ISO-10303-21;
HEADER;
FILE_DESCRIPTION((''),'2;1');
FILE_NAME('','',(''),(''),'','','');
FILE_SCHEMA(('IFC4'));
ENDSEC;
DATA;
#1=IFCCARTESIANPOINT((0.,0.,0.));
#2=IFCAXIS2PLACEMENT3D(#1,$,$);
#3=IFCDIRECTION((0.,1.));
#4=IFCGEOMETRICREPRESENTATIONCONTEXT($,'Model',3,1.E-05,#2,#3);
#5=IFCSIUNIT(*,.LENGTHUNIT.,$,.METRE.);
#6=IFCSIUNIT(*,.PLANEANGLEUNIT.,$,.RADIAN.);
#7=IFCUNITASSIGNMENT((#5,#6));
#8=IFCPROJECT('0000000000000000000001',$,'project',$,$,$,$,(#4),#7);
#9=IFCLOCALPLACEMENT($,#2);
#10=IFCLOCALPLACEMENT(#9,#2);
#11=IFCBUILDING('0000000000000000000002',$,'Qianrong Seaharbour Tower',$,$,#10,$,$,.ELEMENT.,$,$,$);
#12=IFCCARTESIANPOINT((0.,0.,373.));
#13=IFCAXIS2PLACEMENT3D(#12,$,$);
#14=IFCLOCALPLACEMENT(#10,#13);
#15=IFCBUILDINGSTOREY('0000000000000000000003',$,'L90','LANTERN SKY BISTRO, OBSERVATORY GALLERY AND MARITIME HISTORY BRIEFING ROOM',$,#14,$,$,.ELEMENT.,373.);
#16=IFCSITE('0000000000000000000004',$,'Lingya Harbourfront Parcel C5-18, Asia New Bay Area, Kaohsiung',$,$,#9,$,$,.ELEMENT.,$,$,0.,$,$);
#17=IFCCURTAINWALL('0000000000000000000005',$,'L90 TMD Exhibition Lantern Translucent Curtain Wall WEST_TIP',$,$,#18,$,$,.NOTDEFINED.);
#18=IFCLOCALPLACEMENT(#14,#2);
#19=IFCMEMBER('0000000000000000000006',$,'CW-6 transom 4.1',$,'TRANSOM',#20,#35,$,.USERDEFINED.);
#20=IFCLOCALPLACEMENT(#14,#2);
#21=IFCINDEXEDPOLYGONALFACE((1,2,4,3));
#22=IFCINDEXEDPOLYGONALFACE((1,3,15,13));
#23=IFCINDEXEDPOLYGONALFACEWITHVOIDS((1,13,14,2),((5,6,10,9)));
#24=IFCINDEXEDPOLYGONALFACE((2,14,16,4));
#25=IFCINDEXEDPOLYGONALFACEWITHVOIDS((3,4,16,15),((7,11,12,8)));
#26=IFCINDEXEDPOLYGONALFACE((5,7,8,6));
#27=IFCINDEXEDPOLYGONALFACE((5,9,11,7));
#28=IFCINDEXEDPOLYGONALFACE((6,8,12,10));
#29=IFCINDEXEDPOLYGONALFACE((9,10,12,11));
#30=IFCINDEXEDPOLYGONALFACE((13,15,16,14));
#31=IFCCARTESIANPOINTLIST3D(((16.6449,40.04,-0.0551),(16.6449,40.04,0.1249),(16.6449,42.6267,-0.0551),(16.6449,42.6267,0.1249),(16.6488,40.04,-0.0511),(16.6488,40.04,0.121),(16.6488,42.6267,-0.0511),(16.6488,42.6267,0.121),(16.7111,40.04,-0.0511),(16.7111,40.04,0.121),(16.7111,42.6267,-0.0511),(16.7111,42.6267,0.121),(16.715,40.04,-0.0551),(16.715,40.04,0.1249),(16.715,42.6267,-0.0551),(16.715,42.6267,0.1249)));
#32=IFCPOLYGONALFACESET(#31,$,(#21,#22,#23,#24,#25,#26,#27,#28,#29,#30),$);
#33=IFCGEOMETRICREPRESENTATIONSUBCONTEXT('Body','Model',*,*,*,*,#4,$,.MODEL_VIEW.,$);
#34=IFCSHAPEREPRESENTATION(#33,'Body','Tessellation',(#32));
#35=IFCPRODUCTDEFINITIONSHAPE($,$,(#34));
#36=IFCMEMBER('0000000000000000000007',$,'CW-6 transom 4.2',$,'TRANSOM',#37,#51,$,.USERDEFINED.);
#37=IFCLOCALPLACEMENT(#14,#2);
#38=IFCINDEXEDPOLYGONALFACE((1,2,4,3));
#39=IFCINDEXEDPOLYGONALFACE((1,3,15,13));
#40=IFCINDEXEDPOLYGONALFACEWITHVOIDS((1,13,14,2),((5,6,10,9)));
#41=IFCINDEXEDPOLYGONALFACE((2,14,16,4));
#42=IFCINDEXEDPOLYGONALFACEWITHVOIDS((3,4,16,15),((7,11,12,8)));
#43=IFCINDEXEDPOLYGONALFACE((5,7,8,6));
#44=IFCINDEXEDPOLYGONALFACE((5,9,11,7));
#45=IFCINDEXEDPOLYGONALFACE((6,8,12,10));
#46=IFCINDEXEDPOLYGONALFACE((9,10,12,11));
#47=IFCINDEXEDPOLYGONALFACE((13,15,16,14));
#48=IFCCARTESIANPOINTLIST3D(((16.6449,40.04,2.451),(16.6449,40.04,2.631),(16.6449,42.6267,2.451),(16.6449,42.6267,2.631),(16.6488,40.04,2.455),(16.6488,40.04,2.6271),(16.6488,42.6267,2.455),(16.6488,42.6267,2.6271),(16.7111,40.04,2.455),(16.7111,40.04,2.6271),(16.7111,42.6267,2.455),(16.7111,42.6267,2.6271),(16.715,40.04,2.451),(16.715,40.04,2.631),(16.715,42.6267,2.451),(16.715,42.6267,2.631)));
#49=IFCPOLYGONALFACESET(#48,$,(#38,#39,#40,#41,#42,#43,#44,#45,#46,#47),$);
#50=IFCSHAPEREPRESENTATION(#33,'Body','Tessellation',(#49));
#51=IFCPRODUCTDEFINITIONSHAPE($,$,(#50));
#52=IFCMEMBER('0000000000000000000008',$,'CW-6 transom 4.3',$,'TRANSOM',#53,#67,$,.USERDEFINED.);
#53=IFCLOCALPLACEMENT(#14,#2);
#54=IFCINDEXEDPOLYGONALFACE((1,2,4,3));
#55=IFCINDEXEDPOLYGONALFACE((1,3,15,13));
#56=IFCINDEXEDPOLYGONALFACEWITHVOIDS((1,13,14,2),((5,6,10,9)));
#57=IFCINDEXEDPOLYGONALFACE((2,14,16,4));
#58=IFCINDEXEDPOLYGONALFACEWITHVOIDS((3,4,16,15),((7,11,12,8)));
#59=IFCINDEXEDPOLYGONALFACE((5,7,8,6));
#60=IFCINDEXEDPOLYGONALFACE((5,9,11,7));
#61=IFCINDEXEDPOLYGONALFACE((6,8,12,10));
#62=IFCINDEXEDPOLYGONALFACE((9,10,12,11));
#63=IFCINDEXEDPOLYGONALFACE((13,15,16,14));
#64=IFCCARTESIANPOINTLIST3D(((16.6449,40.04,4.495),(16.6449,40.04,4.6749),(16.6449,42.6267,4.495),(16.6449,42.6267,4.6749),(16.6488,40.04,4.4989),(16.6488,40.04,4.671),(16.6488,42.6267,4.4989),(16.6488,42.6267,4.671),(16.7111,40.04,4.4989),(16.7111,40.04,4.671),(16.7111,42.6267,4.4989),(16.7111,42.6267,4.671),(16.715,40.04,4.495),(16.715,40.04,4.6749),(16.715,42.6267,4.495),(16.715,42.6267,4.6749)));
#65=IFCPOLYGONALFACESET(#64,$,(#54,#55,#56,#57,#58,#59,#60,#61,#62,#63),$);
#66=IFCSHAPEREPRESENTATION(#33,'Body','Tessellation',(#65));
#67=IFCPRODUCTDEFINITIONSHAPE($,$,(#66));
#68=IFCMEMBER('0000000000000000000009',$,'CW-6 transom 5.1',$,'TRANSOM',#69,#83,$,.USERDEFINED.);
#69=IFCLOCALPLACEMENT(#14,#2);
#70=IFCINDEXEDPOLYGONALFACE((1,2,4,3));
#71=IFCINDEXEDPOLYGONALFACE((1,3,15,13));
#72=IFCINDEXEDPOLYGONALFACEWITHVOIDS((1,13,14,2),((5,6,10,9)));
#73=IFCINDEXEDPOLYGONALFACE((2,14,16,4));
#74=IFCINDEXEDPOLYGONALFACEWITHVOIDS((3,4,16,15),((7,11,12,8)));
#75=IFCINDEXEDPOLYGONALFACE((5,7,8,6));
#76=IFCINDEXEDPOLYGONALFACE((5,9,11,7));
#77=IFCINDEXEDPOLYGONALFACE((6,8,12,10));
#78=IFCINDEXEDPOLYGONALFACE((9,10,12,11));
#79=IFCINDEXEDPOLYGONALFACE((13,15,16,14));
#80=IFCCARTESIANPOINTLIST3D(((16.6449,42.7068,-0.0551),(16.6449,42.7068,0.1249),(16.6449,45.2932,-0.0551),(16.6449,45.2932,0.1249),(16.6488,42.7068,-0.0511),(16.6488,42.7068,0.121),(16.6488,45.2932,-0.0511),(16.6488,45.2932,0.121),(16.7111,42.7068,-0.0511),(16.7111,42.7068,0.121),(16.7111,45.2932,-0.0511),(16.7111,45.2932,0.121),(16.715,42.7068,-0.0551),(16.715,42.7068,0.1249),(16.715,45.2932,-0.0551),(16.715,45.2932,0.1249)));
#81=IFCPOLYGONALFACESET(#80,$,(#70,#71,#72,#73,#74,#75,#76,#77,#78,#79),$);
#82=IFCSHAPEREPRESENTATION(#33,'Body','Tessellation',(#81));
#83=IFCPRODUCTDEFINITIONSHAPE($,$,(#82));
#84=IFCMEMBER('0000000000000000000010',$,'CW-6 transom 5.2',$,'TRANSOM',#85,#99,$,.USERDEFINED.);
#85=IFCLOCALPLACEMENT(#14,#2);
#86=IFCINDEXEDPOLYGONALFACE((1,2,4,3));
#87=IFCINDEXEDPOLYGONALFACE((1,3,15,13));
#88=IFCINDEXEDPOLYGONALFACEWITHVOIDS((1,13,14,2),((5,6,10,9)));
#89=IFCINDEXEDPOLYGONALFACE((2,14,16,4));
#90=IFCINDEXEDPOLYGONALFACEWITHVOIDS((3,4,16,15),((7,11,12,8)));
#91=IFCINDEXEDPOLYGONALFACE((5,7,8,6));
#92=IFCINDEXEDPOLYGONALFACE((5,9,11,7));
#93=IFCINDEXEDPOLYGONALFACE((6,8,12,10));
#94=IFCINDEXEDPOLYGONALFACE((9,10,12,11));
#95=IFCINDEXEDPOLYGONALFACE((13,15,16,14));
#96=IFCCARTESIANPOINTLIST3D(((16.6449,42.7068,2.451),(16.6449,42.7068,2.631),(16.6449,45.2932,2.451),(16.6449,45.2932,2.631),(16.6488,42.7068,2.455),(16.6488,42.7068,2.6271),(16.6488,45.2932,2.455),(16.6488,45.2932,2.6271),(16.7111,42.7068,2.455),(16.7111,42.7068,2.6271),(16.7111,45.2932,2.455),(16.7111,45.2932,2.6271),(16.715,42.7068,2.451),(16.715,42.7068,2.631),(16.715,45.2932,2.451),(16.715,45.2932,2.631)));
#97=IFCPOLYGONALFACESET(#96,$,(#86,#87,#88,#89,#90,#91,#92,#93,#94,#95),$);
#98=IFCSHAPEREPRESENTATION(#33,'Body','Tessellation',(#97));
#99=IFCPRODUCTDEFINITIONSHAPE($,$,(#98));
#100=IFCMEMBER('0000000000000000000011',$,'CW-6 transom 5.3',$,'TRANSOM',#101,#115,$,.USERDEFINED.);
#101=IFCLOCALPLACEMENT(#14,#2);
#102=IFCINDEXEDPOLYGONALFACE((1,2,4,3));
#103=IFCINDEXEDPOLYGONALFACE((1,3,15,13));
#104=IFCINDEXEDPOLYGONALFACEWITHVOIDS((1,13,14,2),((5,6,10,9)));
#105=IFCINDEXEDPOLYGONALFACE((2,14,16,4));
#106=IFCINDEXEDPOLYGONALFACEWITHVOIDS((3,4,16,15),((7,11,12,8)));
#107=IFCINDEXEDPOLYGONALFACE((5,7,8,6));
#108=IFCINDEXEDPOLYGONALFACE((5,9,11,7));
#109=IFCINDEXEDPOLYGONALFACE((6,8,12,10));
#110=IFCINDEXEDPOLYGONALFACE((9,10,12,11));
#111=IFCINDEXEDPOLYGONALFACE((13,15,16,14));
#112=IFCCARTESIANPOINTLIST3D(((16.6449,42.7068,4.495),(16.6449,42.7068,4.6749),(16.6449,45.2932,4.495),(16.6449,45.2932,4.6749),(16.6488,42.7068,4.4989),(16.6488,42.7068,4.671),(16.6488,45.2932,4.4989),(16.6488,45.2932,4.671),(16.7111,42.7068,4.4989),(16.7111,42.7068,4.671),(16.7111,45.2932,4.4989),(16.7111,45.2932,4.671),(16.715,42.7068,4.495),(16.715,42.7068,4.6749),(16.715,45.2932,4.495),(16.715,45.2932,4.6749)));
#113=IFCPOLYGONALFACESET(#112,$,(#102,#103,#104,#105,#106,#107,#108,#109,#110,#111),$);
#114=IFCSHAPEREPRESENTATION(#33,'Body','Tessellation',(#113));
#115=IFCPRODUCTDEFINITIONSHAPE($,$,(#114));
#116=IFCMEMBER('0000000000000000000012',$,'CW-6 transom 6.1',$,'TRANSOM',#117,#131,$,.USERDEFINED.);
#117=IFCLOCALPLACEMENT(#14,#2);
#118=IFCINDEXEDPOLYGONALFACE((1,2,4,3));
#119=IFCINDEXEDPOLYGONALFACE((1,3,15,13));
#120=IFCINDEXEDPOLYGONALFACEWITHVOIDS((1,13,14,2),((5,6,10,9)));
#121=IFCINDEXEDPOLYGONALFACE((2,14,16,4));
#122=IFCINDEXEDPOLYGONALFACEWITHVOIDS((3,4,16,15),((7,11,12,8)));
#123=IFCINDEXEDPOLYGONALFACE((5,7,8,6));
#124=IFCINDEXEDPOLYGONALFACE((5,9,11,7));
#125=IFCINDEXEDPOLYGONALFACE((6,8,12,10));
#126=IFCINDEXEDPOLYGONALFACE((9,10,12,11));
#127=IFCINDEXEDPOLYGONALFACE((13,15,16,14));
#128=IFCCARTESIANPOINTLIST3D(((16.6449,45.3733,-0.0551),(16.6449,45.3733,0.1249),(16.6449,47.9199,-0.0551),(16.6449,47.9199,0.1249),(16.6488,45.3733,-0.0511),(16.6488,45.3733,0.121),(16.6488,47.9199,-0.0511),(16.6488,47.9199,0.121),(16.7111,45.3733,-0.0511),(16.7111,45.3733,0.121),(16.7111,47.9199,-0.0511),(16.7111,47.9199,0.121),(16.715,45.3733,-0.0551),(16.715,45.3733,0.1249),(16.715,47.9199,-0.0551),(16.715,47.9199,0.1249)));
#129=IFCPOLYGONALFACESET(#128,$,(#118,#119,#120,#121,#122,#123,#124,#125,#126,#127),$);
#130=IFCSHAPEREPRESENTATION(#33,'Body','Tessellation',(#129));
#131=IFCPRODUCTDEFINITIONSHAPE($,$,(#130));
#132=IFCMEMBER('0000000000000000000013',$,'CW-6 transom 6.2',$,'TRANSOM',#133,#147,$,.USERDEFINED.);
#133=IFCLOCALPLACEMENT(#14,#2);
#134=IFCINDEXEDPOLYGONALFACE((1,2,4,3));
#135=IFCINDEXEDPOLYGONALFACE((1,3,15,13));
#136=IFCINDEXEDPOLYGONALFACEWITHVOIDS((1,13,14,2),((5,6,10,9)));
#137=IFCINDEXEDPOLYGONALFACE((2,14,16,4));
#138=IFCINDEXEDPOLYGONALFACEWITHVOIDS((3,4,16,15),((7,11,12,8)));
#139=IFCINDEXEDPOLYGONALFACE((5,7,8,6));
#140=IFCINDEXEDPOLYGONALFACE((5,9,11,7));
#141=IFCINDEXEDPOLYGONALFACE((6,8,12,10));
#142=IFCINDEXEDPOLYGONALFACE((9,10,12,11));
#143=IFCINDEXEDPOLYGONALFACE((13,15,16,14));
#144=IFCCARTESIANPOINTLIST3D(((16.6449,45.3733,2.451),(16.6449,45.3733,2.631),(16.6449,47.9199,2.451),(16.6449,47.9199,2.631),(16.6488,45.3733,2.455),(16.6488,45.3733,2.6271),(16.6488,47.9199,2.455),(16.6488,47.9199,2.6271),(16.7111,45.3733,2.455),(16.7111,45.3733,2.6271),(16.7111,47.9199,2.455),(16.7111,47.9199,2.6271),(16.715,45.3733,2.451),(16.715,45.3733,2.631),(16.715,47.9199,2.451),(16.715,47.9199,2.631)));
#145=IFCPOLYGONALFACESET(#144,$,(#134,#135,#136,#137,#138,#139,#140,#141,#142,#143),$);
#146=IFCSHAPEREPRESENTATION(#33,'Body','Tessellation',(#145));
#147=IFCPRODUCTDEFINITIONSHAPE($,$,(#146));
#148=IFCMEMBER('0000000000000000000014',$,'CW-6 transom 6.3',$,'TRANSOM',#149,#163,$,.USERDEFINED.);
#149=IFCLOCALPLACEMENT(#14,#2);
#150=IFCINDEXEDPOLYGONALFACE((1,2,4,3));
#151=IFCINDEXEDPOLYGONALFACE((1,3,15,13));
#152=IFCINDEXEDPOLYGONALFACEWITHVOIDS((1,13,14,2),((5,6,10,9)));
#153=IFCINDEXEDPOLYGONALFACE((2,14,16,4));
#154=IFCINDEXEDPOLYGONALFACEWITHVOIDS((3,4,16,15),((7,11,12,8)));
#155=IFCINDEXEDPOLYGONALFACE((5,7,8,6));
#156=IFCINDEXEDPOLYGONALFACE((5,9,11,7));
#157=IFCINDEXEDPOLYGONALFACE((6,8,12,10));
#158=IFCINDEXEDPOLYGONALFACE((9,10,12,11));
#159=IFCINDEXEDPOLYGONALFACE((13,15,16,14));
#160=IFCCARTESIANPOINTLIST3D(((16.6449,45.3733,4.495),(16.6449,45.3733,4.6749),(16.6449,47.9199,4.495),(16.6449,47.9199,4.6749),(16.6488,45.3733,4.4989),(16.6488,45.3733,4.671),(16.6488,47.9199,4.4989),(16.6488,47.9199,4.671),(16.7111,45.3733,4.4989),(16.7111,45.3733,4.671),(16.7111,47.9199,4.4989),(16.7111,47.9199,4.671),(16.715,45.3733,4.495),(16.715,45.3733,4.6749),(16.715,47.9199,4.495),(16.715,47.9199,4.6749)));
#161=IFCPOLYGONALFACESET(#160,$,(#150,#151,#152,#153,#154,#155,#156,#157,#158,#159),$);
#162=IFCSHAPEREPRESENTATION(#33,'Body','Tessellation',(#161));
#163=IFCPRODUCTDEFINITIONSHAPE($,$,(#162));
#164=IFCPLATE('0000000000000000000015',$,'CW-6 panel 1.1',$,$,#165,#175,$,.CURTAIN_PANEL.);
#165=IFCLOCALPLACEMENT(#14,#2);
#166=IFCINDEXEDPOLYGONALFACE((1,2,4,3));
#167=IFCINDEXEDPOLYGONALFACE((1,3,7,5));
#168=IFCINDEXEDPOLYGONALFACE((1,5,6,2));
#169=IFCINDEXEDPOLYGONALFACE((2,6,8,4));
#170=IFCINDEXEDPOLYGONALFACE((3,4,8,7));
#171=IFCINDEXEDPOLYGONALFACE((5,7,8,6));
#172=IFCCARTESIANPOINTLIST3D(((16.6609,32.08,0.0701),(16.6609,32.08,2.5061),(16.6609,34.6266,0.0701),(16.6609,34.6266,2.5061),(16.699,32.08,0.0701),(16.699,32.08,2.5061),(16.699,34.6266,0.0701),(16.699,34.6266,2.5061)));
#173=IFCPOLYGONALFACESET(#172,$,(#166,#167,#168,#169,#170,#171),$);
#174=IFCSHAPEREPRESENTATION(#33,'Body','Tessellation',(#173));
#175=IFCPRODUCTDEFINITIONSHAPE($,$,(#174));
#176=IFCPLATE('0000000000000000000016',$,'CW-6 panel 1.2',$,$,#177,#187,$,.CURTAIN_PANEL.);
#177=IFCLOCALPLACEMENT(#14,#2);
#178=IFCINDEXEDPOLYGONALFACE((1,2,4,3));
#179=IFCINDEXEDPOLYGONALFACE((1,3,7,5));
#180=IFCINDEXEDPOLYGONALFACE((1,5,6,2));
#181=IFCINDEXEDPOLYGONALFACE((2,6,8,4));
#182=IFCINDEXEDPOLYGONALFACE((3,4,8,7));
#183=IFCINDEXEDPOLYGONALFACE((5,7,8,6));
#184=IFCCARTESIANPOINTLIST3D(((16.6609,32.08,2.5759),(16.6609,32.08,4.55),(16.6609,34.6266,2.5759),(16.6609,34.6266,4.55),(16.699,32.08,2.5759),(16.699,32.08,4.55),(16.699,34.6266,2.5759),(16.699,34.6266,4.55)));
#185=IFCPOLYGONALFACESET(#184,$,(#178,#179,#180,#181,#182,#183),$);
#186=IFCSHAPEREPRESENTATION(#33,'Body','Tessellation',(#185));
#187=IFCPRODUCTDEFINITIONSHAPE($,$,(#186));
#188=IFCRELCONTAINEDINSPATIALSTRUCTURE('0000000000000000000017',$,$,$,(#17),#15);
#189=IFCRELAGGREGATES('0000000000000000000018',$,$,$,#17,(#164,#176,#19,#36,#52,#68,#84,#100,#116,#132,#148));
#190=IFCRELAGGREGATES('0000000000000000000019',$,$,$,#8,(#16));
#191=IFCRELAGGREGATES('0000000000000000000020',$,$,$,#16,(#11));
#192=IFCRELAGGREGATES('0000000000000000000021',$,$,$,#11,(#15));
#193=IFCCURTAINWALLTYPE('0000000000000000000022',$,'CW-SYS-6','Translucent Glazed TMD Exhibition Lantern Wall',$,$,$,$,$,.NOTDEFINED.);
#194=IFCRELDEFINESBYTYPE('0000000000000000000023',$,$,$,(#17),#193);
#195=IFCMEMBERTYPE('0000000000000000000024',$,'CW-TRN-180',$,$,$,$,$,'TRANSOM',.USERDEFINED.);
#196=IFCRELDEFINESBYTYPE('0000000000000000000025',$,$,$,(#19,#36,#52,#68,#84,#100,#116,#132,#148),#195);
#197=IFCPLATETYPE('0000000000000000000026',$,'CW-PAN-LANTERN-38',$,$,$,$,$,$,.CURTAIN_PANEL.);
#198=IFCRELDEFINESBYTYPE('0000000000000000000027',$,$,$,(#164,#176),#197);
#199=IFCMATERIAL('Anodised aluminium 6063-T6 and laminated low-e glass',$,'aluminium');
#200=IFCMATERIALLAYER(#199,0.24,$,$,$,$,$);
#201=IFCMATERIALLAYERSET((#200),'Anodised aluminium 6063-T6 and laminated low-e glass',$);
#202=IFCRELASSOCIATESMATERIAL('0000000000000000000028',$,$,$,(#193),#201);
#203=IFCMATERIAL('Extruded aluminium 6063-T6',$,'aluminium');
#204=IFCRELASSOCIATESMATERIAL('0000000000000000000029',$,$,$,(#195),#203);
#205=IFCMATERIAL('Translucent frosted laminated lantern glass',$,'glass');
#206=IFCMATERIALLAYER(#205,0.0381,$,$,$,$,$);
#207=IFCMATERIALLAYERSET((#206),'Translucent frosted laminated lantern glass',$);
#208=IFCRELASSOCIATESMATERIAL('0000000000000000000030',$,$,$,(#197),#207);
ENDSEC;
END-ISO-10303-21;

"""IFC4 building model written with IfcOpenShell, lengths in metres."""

from ifc_helpers import new_model, si_unit, direction, frame, origin, origin_2d, place, context, subcontext, project, spatial, rectangle, hollow_rectangle, extrude, material, layer, layer_set, material_profile, profile_set, type_object, element, aggregate, save


model = new_model("IFC4")

# Units and contexts
model_context = context("Model", 3, precision=1e-05, world=origin(), true_north=direction((0.0, 1.0)))
body_context = subcontext(model_context, "Body", "Model", "MODEL_VIEW")
ifc_project = project(units=[si_unit("LENGTHUNIT", "METRE"), si_unit("PLANEANGLEUNIT", "RADIAN")], contexts=[model_context])

# Site, building, storey
site_placement = place(None, origin())
site = spatial("IfcSite", under=ifc_project, at=site_placement, Name="Lingya Harbourfront Parcel C5-18, Asia New Bay Area, Kaohsiung", CompositionType="ELEMENT", RefElevation=0.0)
building_placement = place(site_placement, origin())
building = spatial("IfcBuilding", under=site, at=building_placement, Name="Qianrong Seaharbour Tower", CompositionType="ELEMENT")
storey_placement = place(building_placement, frame((0.0, 0.0, 373.0)))
storey = spatial("IfcBuildingStorey", under=building, at=storey_placement, Name="L90", Description="LANTERN SKY BISTRO, OBSERVATORY GALLERY AND MARITIME HISTORY BRIEFING ROOM", CompositionType="ELEMENT", Elevation=373.0)

# Curtain wall, members, plates
ifc_material_1 = material(Name="Anodised aluminium 6063-T6 and laminated low-e glass", Category="aluminium")
ifc_layer_1 = layer(ifc_material_1, 0.24)
ifc_layer_set_1 = layer_set([ifc_layer_1], Name="Anodised aluminium 6063-T6 and laminated low-e glass")
curtain_wall_type = type_object("IfcCurtainWallType", Name="CW-SYS-6", Description="Translucent Glazed TMD Exhibition Lantern Wall", PredefinedType="NOTDEFINED", material=ifc_layer_set_1)
curtain_wall_placement = place(storey_placement, origin())
curtain_wall = element("IfcCurtainWall", 1, at=curtain_wall_placement, inside=storey, type_object=curtain_wall_type, Name="L90 TMD Exhibition Lantern Translucent Curtain Wall WEST_TIP", PredefinedType="NOTDEFINED")
ifc_material_2 = material(Name="Extruded aluminium 6063-T6", Category="aluminium")
ifc_material_profile_1 = material_profile(ifc_material_2, hollow_rectangle(XDim=0.0701, YDim=0.1799, WallThickness=0.0039, at=origin_2d()), Name="ALU-TRN-180x70x4")
ifc_profile_set_1 = profile_set([ifc_material_profile_1], Name="Extruded aluminium 6063-T6")
member_type_1 = type_object("IfcMemberType", Name="CW-TRN-180", ElementType="TRANSOM", PredefinedType="USERDEFINED", material=ifc_profile_set_1)
member_1_placement = place(storey_placement, frame((16.6799, 40.04, 0.0349), z_axis=(0.0, 1.0, 0.0), x_axis=(-1.0, 0.0, 0.0)))
member_1 = element("IfcMember", 2, at=member_1_placement, type_object=member_type_1, Name="CW-6 transom 4.1", ObjectType="TRANSOM", PredefinedType="USERDEFINED", context=body_context, shape_type="SweptSolid", body=[
    extrude(hollow_rectangle(XDim=0.0701, YDim=0.1799, WallThickness=0.0039, at=origin_2d()), origin(), (0.0, 0.0, 1.0), 2.5867),
])
member_2_placement = place(storey_placement, frame((16.6799, 40.04, 2.541), z_axis=(0.0, 1.0, 0.0), x_axis=(-1.0, 0.0, 0.0)))
member_2 = element("IfcMember", 3, at=member_2_placement, type_object=member_type_1, Name="CW-6 transom 4.2", ObjectType="TRANSOM", PredefinedType="USERDEFINED", context=body_context, shape_type="SweptSolid", body=[
    extrude(hollow_rectangle(XDim=0.0701, YDim=0.1799, WallThickness=0.0039, at=origin_2d()), origin(), (0.0, 0.0, 1.0), 2.5867),
])
member_3_placement = place(storey_placement, frame((16.6799, 40.04, 4.585), z_axis=(0.0, 1.0, 0.0), x_axis=(-1.0, 0.0, 0.0)))
member_3 = element("IfcMember", 4, at=member_3_placement, type_object=member_type_1, Name="CW-6 transom 4.3", ObjectType="TRANSOM", PredefinedType="USERDEFINED", context=body_context, shape_type="SweptSolid", body=[
    extrude(hollow_rectangle(XDim=0.0701, YDim=0.1799, WallThickness=0.0039, at=origin_2d()), origin(), (0.0, 0.0, 1.0), 2.5867),
])
member_4_placement = place(storey_placement, frame((16.6799, 42.7068, 0.0349), z_axis=(0.0, 1.0, 0.0), x_axis=(-1.0, 0.0, 0.0)))
member_4 = element("IfcMember", 5, at=member_4_placement, type_object=member_type_1, Name="CW-6 transom 5.1", ObjectType="TRANSOM", PredefinedType="USERDEFINED", context=body_context, shape_type="SweptSolid", body=[
    extrude(hollow_rectangle(XDim=0.0701, YDim=0.1799, WallThickness=0.0039, at=origin_2d()), origin(), (0.0, 0.0, 1.0), 2.5864),
])
member_5_placement = place(storey_placement, frame((16.6799, 42.7068, 2.541), z_axis=(0.0, 1.0, 0.0), x_axis=(-1.0, 0.0, 0.0)))
member_5 = element("IfcMember", 6, at=member_5_placement, type_object=member_type_1, Name="CW-6 transom 5.2", ObjectType="TRANSOM", PredefinedType="USERDEFINED", context=body_context, shape_type="SweptSolid", body=[
    extrude(hollow_rectangle(XDim=0.0701, YDim=0.1799, WallThickness=0.0039, at=origin_2d()), origin(), (0.0, 0.0, 1.0), 2.5864),
])
member_6_placement = place(storey_placement, frame((16.6799, 42.7068, 4.585), z_axis=(0.0, 1.0, 0.0), x_axis=(-1.0, 0.0, 0.0)))
member_6 = element("IfcMember", 7, at=member_6_placement, type_object=member_type_1, Name="CW-6 transom 5.3", ObjectType="TRANSOM", PredefinedType="USERDEFINED", context=body_context, shape_type="SweptSolid", body=[
    extrude(hollow_rectangle(XDim=0.0701, YDim=0.1799, WallThickness=0.0039, at=origin_2d()), origin(), (0.0, 0.0, 1.0), 2.5864),
])
member_7_placement = place(storey_placement, frame((16.6799, 45.3733, 0.0349), z_axis=(0.0, 1.0, 0.0), x_axis=(-1.0, 0.0, 0.0)))
member_7 = element("IfcMember", 8, at=member_7_placement, type_object=member_type_1, Name="CW-6 transom 6.1", ObjectType="TRANSOM", PredefinedType="USERDEFINED", context=body_context, shape_type="SweptSolid", body=[
    extrude(hollow_rectangle(XDim=0.0701, YDim=0.1799, WallThickness=0.0039, at=origin_2d()), origin(), (0.0, 0.0, 1.0), 2.5466),
])
member_8_placement = place(storey_placement, frame((16.6799, 45.3733, 2.541), z_axis=(0.0, 1.0, 0.0), x_axis=(-1.0, 0.0, 0.0)))
member_8 = element("IfcMember", 9, at=member_8_placement, type_object=member_type_1, Name="CW-6 transom 6.2", ObjectType="TRANSOM", PredefinedType="USERDEFINED", context=body_context, shape_type="SweptSolid", body=[
    extrude(hollow_rectangle(XDim=0.0701, YDim=0.1799, WallThickness=0.0039, at=origin_2d()), origin(), (0.0, 0.0, 1.0), 2.5466),
])
member_9_placement = place(storey_placement, frame((16.6799, 45.3733, 4.585), z_axis=(0.0, 1.0, 0.0), x_axis=(-1.0, 0.0, 0.0)))
member_9 = element("IfcMember", 10, at=member_9_placement, type_object=member_type_1, Name="CW-6 transom 6.3", ObjectType="TRANSOM", PredefinedType="USERDEFINED", context=body_context, shape_type="SweptSolid", body=[
    extrude(hollow_rectangle(XDim=0.0701, YDim=0.1799, WallThickness=0.0039, at=origin_2d()), origin(), (0.0, 0.0, 1.0), 2.5466),
])
ifc_material_3 = material(Name="Translucent frosted laminated lantern glass", Category="glass")
ifc_layer_2 = layer(ifc_material_3, 0.0381)
ifc_layer_set_2 = layer_set([ifc_layer_2], Name="Translucent frosted laminated lantern glass")
plate_type = type_object("IfcPlateType", Name="CW-PAN-LANTERN-38", PredefinedType="CURTAIN_PANEL", material=ifc_layer_set_2)
plate_1_placement = place(storey_placement, frame((16.6799, 33.3533, 0.0701), z_axis=(0.0, 0.0, 1.0), x_axis=(0.0, 1.0, 0.0)))
plate_1 = element("IfcPlate", 11, at=plate_1_placement, type_object=plate_type, Name="CW-6 panel 1.1", PredefinedType="CURTAIN_PANEL", context=body_context, shape_type="SweptSolid", body=[
    extrude(rectangle(XDim=2.5466, YDim=0.0381, at=origin_2d()), origin(), (0.0, 0.0, 1.0), 2.436),
])
plate_2_placement = place(storey_placement, frame((16.6799, 33.3533, 2.5759), z_axis=(0.0, 0.0, 1.0), x_axis=(0.0, 1.0, 0.0)))
plate_2 = element("IfcPlate", 12, at=plate_2_placement, type_object=plate_type, Name="CW-6 panel 1.2", PredefinedType="CURTAIN_PANEL", context=body_context, shape_type="SweptSolid", body=[
    extrude(rectangle(XDim=2.5466, YDim=0.0381, at=origin_2d()), origin(), (0.0, 0.0, 1.0), 1.9741),
])
aggregate(curtain_wall, [plate_1, plate_2, member_1, member_2, member_3, member_4, member_5, member_6, member_7, member_8, member_9])

save(model, "model.ifc")
